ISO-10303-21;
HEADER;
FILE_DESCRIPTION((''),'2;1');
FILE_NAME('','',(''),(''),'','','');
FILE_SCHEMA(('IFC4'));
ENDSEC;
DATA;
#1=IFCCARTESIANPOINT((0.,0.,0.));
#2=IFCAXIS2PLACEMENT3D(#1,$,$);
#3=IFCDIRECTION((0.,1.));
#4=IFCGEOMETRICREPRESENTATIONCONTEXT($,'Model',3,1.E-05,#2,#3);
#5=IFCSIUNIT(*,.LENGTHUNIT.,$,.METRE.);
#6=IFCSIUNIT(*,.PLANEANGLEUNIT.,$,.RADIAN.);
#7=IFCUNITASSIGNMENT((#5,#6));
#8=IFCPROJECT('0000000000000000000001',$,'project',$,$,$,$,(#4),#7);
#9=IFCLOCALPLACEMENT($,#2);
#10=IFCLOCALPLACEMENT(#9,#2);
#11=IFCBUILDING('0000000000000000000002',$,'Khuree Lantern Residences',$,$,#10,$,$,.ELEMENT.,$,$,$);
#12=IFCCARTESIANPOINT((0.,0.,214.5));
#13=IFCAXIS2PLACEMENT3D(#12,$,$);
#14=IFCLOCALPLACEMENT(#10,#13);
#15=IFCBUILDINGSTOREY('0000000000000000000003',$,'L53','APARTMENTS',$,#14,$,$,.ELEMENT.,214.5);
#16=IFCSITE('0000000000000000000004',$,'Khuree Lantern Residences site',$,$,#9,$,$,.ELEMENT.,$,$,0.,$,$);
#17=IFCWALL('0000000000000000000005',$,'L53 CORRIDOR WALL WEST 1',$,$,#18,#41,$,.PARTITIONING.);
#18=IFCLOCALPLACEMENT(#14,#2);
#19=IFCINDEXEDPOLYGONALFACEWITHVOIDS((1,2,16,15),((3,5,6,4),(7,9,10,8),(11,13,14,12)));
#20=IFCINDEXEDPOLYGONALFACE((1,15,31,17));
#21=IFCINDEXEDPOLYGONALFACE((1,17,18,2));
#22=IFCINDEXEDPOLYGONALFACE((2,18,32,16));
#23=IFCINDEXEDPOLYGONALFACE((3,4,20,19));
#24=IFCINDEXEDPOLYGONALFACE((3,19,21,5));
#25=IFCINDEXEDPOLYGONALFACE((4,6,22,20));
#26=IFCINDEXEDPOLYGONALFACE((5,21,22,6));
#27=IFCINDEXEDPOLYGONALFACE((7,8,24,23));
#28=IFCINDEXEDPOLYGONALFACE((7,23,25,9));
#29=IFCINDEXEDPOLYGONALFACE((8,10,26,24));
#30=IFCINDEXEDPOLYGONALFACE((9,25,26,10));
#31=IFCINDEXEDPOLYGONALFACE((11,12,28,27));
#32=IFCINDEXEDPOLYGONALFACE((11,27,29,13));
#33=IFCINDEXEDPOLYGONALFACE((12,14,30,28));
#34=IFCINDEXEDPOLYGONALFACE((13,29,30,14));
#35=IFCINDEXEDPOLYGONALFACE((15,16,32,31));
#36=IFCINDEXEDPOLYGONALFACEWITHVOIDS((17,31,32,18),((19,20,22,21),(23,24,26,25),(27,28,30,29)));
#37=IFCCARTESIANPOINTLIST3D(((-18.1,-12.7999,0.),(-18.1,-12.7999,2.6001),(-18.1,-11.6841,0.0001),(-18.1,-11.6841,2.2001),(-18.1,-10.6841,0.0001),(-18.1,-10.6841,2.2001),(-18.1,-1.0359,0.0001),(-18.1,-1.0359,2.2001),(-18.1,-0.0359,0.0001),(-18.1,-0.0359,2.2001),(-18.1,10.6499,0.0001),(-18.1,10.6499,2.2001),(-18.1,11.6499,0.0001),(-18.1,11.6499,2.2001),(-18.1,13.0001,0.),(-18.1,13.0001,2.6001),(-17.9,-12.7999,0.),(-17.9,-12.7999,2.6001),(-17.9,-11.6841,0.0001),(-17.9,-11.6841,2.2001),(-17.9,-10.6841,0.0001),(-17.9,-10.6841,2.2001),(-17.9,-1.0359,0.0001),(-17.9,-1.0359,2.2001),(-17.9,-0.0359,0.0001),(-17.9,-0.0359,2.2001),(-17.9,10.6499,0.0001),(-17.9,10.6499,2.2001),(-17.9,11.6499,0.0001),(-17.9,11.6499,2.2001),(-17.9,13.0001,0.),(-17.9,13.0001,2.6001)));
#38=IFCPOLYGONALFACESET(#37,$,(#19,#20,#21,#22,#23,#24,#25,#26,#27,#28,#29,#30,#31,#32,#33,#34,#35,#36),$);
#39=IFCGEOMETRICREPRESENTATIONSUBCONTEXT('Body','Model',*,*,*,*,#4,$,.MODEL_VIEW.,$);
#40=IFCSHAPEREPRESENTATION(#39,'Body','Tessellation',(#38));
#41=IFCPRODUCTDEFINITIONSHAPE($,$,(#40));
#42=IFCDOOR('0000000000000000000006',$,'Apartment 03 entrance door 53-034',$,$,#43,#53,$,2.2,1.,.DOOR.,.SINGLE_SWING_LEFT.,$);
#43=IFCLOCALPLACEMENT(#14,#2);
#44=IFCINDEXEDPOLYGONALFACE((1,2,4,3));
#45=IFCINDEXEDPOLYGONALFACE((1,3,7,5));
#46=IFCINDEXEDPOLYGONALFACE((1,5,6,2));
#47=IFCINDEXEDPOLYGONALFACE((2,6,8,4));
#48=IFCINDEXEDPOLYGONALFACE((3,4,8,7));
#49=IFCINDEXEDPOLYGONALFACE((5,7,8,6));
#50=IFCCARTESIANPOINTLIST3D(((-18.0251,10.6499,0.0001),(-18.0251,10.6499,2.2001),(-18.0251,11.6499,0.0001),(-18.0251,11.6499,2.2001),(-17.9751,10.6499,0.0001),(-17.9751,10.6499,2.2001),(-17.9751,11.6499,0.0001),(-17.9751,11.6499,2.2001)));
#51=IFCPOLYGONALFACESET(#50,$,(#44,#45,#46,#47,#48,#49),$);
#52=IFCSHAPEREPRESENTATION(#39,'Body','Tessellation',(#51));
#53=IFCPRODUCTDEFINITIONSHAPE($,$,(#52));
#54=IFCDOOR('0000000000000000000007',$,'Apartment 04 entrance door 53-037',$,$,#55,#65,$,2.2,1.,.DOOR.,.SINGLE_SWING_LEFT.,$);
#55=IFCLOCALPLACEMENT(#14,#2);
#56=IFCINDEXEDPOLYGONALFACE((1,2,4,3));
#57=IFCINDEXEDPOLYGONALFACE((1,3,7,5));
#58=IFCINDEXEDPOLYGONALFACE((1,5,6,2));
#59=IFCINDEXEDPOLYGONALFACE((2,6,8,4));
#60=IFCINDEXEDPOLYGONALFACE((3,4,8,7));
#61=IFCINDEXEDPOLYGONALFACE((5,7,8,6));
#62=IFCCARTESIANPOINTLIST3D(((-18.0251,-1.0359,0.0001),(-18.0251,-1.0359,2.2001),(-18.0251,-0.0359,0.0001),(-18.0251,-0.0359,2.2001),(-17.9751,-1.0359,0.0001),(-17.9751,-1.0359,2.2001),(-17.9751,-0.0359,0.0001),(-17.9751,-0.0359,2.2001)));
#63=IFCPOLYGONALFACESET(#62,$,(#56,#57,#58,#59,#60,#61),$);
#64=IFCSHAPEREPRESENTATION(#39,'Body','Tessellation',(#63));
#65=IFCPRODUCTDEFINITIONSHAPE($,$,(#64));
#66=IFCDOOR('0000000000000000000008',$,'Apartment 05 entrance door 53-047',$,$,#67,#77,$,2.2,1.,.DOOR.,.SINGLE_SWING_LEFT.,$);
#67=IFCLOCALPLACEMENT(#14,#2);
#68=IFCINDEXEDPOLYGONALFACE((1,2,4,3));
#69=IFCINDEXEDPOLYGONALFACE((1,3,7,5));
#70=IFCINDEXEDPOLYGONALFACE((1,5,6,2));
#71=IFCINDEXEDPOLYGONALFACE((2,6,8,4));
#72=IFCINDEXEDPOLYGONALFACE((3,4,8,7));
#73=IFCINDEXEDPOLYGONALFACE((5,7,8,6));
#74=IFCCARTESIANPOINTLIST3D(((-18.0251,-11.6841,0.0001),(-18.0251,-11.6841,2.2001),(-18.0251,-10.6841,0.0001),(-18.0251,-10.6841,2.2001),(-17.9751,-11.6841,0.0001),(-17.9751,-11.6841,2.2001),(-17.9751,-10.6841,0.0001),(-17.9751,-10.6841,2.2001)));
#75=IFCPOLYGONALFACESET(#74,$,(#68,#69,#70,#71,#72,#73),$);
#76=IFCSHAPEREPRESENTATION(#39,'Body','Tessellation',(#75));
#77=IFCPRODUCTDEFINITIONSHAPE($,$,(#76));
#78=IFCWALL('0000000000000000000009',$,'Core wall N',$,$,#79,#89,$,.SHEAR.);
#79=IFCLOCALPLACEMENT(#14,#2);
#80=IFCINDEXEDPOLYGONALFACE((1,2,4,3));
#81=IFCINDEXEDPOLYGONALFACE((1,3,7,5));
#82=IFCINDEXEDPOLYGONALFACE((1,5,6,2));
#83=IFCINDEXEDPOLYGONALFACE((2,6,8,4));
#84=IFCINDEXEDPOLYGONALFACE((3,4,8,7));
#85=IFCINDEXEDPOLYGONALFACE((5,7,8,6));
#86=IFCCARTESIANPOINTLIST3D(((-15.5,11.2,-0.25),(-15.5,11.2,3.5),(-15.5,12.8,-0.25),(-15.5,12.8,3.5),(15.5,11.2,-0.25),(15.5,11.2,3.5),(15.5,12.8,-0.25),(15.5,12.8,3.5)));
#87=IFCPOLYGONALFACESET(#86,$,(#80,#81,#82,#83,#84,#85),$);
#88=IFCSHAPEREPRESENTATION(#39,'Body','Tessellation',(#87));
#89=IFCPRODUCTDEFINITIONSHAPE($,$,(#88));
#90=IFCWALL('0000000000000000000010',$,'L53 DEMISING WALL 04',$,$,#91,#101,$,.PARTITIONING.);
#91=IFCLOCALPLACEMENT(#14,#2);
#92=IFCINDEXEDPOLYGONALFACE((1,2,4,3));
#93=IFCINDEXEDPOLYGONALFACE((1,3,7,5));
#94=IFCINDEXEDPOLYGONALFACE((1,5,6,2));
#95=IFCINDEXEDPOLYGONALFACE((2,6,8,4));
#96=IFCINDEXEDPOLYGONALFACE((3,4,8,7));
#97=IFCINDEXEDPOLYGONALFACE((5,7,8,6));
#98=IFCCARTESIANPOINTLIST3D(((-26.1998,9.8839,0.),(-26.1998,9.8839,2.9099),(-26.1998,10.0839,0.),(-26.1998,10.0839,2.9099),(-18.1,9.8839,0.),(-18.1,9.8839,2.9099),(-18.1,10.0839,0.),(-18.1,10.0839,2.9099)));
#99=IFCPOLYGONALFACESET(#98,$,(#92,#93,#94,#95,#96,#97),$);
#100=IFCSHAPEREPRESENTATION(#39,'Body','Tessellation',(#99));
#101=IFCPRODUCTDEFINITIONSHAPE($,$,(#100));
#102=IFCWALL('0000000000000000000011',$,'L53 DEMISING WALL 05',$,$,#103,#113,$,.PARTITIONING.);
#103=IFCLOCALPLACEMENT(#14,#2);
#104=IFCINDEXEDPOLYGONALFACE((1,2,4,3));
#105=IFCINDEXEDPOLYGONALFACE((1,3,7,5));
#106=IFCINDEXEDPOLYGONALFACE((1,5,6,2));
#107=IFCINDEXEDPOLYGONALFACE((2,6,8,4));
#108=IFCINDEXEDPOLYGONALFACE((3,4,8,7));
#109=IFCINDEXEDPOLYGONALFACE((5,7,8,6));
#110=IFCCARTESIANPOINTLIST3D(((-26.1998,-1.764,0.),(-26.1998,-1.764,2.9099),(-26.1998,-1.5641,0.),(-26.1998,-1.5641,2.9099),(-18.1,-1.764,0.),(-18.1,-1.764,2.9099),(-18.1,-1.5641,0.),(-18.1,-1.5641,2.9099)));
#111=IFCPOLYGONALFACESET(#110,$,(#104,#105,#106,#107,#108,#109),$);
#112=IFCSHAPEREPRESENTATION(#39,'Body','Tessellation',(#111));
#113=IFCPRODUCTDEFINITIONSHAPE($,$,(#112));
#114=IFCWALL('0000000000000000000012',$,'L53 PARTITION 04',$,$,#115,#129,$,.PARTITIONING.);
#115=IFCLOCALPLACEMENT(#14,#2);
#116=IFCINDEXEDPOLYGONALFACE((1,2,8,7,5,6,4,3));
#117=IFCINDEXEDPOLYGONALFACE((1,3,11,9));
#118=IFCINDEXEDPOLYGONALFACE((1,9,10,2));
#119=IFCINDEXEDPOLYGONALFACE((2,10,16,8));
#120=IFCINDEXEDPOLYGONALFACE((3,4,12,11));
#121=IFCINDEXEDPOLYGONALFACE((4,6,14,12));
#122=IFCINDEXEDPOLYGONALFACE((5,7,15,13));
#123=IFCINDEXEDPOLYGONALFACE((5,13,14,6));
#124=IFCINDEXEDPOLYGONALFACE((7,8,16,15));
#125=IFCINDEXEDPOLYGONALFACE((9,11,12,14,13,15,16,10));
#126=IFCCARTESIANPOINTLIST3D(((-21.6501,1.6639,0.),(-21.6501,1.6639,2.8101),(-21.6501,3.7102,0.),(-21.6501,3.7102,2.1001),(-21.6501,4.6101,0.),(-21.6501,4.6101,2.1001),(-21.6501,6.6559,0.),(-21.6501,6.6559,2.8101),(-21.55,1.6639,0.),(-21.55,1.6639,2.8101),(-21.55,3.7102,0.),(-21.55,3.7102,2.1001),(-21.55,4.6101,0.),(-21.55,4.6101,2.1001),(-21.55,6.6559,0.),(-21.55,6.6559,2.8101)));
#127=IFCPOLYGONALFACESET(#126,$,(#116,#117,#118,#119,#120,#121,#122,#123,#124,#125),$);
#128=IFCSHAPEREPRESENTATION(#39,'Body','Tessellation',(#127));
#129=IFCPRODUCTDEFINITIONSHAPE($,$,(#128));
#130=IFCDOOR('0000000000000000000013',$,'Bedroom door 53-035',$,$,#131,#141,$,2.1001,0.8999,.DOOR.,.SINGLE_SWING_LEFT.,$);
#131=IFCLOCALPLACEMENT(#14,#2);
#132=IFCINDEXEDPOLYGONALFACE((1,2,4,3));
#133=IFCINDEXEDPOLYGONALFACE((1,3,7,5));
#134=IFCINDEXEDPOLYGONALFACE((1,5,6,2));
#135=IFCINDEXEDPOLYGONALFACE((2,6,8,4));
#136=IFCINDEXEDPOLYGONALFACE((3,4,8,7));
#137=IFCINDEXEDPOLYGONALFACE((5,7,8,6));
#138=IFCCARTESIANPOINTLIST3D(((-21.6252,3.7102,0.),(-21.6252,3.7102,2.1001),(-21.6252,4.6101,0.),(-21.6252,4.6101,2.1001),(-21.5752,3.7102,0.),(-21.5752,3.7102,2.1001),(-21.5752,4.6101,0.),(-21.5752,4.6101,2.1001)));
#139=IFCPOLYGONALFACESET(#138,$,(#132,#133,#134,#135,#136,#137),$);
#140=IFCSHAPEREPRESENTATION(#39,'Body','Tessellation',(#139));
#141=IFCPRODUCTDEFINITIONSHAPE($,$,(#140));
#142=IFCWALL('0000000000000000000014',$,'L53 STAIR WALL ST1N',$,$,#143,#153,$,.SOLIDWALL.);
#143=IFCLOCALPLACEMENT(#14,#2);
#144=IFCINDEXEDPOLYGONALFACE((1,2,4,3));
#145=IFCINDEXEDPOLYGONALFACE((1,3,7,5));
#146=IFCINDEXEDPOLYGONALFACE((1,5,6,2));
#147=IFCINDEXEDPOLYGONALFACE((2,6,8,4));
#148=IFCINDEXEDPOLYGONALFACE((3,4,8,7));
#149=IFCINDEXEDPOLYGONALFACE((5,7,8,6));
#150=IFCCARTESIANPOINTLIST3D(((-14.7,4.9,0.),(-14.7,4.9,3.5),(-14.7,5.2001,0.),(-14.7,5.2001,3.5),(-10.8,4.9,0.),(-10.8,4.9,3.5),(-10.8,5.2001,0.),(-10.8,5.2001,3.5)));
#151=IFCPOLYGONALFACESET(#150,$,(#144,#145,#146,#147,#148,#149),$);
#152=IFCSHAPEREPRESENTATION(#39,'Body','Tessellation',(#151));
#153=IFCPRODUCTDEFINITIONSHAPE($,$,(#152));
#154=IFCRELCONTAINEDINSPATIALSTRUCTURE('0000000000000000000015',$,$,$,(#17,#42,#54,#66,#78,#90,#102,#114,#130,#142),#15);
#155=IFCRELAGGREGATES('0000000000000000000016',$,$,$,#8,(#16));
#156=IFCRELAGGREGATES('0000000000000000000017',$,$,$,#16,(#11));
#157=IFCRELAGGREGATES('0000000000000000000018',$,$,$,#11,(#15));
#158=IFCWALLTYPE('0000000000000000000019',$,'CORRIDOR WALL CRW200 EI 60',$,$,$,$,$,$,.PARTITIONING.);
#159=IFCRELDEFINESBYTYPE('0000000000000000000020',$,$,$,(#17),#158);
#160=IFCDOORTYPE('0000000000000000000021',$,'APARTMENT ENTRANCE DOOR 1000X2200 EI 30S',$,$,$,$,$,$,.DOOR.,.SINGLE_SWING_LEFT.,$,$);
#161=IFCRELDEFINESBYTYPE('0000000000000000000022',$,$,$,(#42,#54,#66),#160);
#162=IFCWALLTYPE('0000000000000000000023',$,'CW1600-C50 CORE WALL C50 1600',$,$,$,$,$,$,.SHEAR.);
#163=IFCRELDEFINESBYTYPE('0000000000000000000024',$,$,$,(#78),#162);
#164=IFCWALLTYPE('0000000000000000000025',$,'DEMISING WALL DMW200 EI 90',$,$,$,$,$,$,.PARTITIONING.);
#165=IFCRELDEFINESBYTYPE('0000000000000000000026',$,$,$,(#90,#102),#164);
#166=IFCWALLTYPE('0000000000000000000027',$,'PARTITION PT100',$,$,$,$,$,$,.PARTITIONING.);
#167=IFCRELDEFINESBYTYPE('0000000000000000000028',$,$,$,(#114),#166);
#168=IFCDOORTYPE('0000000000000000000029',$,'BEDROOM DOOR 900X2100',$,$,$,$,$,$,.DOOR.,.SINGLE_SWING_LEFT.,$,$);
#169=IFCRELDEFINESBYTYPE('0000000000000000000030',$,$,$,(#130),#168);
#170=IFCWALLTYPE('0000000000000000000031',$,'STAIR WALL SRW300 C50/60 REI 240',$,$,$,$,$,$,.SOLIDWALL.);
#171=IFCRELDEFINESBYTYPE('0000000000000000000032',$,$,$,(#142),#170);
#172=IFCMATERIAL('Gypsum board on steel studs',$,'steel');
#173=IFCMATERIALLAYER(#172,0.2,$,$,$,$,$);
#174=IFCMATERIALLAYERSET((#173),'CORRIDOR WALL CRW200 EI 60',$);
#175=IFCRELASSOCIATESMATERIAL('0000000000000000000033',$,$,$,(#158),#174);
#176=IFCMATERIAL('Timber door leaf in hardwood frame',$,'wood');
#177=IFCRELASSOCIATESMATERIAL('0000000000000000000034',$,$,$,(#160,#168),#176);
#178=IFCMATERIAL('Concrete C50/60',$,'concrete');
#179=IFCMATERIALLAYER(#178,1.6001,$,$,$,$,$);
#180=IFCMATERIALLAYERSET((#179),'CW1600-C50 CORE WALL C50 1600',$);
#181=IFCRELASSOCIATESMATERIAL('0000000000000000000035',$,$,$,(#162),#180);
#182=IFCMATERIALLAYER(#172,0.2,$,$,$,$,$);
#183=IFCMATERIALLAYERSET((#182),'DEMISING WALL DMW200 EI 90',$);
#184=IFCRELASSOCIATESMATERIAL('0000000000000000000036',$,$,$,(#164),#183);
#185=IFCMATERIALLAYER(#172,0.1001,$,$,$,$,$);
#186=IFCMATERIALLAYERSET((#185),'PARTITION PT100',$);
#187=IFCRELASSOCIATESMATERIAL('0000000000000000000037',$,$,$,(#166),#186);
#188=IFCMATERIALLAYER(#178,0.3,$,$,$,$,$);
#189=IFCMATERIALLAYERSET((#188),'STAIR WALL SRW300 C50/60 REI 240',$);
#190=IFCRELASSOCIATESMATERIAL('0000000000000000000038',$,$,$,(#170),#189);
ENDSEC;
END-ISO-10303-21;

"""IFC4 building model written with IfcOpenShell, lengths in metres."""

from ifc_helpers import new_model, si_unit, direction, frame, frame_2d, origin, place, context, subcontext, project, spatial, rectangle, extrude, material, layer, layer_set, type_object, element, fill, save


model = new_model("IFC4")

# Units and contexts
model_context = context("Model", 3, precision=1e-05, world=origin(), true_north=direction((0.0, 1.0)))
body_context = subcontext(model_context, "Body", "Model", "MODEL_VIEW")
ifc_project = project(units=[si_unit("LENGTHUNIT", "METRE"), si_unit("PLANEANGLEUNIT", "RADIAN")], contexts=[model_context])

# Site, building, storey
site_placement = place(None, origin())
site = spatial("IfcSite", under=ifc_project, at=site_placement, Name="Khuree Lantern Residences site", CompositionType="ELEMENT", RefElevation=0.0)
building_placement = place(site_placement, origin())
building = spatial("IfcBuilding", under=site, at=building_placement, Name="Khuree Lantern Residences", CompositionType="ELEMENT")
storey_placement = place(building_placement, frame((0.0, 0.0, 214.5)))
storey = spatial("IfcBuildingStorey", under=building, at=storey_placement, Name="L53", Description="APARTMENTS", CompositionType="ELEMENT", Elevation=214.5)

# Shared definitions
ifc_material_1 = material(Name="Concrete C50/60", Category="concrete")

# Shared definitions
ifc_material_2 = material(Name="Timber door leaf in hardwood frame", Category="wood")

# Shared definitions
ifc_material_3 = material(Name="Gypsum board on steel studs", Category="steel")
ifc_layer_1 = layer(ifc_material_3, 0.2)
ifc_layer_set_1 = layer_set([ifc_layer_1], Name="CORRIDOR WALL CRW200 EI 60")
wall_type_1 = type_object("IfcWallType", Name="CORRIDOR WALL CRW200 EI 60", PredefinedType="PARTITIONING", material=ifc_layer_set_1)

# Wall, openings, doors
wall_1_placement = place(storey_placement, frame((-18.0, 13.0, 0.0), z_axis=(0.0, 0.0, 1.0), x_axis=(0.0, -1.0, 0.0)))
wall_1 = element("IfcWall", 1, at=wall_1_placement, inside=storey, type_object=wall_type_1, Name="L53 CORRIDOR WALL WEST 1", PredefinedType="PARTITIONING", context=body_context, shape_type="SweptSolid", body=[
    extrude(rectangle(XDim=25.8, YDim=0.2, at=frame_2d((12.8999, 0.0))), origin(), (0.0, 0.0, 1.0), 2.6001),
])
opening_1_placement = place(wall_1_placement, frame((1.3501, 0.0, 0.0)))
opening_1 = element("IfcOpeningElement", 2, at=opening_1_placement, cuts=wall_1, PredefinedType="OPENING", context=body_context, shape_type="SweptSolid", body=[
    extrude(rectangle(XDim=1.0, YDim=2.2, at=frame_2d((0.5, 1.1001))), frame((0.0, 0.1099, 0.0), z_axis=(0.0, -1.0, 0.0), x_axis=(1.0, 0.0, 0.0)), (0.0, 0.0, 1.0), 0.22),
])
opening_2_placement = place(wall_1_placement, frame((13.0359, 0.0, 0.0)))
opening_2 = element("IfcOpeningElement", 3, at=opening_2_placement, cuts=wall_1, PredefinedType="OPENING", context=body_context, shape_type="SweptSolid", body=[
    extrude(rectangle(XDim=1.0, YDim=2.2, at=frame_2d((0.5, 1.1001))), frame((0.0, 0.1099, 0.0), z_axis=(0.0, -1.0, 0.0), x_axis=(1.0, 0.0, 0.0)), (0.0, 0.0, 1.0), 0.22),
])
opening_3_placement = place(wall_1_placement, frame((23.6841, 0.0, 0.0)))
opening_3 = element("IfcOpeningElement", 4, at=opening_3_placement, cuts=wall_1, PredefinedType="OPENING", context=body_context, shape_type="SweptSolid", body=[
    extrude(rectangle(XDim=1.0, YDim=2.2, at=frame_2d((0.5, 1.1001))), frame((0.0, 0.1099, 0.0), z_axis=(0.0, -1.0, 0.0), x_axis=(1.0, 0.0, 0.0)), (0.0, 0.0, 1.0), 0.22),
])
door_type_1 = type_object("IfcDoorType", Name="APARTMENT ENTRANCE DOOR 1000X2200 EI 30S", OperationType="SINGLE_SWING_LEFT", PredefinedType="DOOR", material=ifc_material_2)
door_1_placement = place(opening_1_placement, origin())
door_1 = element("IfcDoor", 5, at=door_1_placement, inside=storey, type_object=door_type_1, Name="Apartment 03 entrance door 53-034", OperationType="SINGLE_SWING_LEFT", OverallHeight=2.2, OverallWidth=1.0, PredefinedType="DOOR", context=body_context, shape_type="SweptSolid", body=[
    extrude(rectangle(XDim=1.0, YDim=2.2, at=frame_2d((0.5, 1.1001))), frame((0.0, 0.0249, 0.0), z_axis=(0.0, -1.0, 0.0), x_axis=(1.0, 0.0, 0.0)), (0.0, 0.0, 1.0), 0.05),
])
fill(opening_1, door_1)
door_2_placement = place(opening_2_placement, origin())
door_2 = element("IfcDoor", 6, at=door_2_placement, inside=storey, type_object=door_type_1, Name="Apartment 04 entrance door 53-037", OperationType="SINGLE_SWING_LEFT", OverallHeight=2.2, OverallWidth=1.0, PredefinedType="DOOR", context=body_context, shape_type="SweptSolid", body=[
    extrude(rectangle(XDim=1.0, YDim=2.2, at=frame_2d((0.5, 1.1001))), frame((0.0, 0.0249, 0.0), z_axis=(0.0, -1.0, 0.0), x_axis=(1.0, 0.0, 0.0)), (0.0, 0.0, 1.0), 0.05),
])
fill(opening_2, door_2)
door_3_placement = place(opening_3_placement, origin())
door_3 = element("IfcDoor", 7, at=door_3_placement, inside=storey, type_object=door_type_1, Name="Apartment 05 entrance door 53-047", OperationType="SINGLE_SWING_LEFT", OverallHeight=2.2, OverallWidth=1.0, PredefinedType="DOOR", context=body_context, shape_type="SweptSolid", body=[
    extrude(rectangle(XDim=1.0, YDim=2.2, at=frame_2d((0.5, 1.1001))), frame((0.0, 0.0249, 0.0), z_axis=(0.0, -1.0, 0.0), x_axis=(1.0, 0.0, 0.0)), (0.0, 0.0, 1.0), 0.05),
])
fill(opening_3, door_3)

# Walls
ifc_layer_2 = layer(ifc_material_1, 1.6001)
ifc_layer_set_2 = layer_set([ifc_layer_2], Name="CW1600-C50 CORE WALL C50 1600")
wall_type_2 = type_object("IfcWallType", Name="CW1600-C50 CORE WALL C50 1600", PredefinedType="SHEAR", material=ifc_layer_set_2)
wall_2_placement = place(storey_placement, frame((-15.5, 12.0, -0.25), z_axis=(0.0, 0.0, 1.0), x_axis=(1.0, 0.0, 0.0)))
element("IfcWall", 8, at=wall_2_placement, inside=storey, type_object=wall_type_2, Name="Core wall N", PredefinedType="SHEAR", context=body_context, shape_type="SweptSolid", body=[
    extrude(rectangle(XDim=31.0, YDim=1.6001, at=frame_2d((15.5, 0.0))), origin(), (0.0, 0.0, 1.0), 3.75),
])
ifc_layer_3 = layer(ifc_material_3, 0.2)
ifc_layer_set_3 = layer_set([ifc_layer_3], Name="DEMISING WALL DMW200 EI 90")
wall_type_3 = type_object("IfcWallType", Name="DEMISING WALL DMW200 EI 90", PredefinedType="PARTITIONING", material=ifc_layer_set_3)
for number, where, z_axis, x_axis, name in (
    (9, (-18.1001, 9.9839, 0.0), (0.0, 0.0, 1.0), (-1.0, 0.0, 0.0), "L53 DEMISING WALL 04"),
    (10, (-18.1001, -1.6641, 0.0), (0.0, 0.0, 1.0), (-1.0, 0.0, 0.0), "L53 DEMISING WALL 05"),
):
    element("IfcWall", number, at=place(storey_placement, frame(where, z_axis=z_axis, x_axis=x_axis)), inside=storey, type_object=wall_type_3, Name=name, PredefinedType="PARTITIONING", context=body_context, shape_type="SweptSolid", body=[
        extrude(rectangle(XDim=8.0999, YDim=0.2, at=frame_2d((4.0498, 0.0))), origin(), (0.0, 0.0, 1.0), 2.9099),
    ])

# Wall, opening, door
ifc_layer_4 = layer(ifc_material_3, 0.1001)
ifc_layer_set_4 = layer_set([ifc_layer_4], Name="PARTITION PT100")
wall_type_4 = type_object("IfcWallType", Name="PARTITION PT100", PredefinedType="PARTITIONING", material=ifc_layer_set_4)
wall_3_placement = place(storey_placement, frame((-21.6001, 6.656, 0.0), z_axis=(0.0, 0.0, 1.0), x_axis=(0.0, -1.0, 0.0)))
wall_3 = element("IfcWall", 11, at=wall_3_placement, inside=storey, type_object=wall_type_4, Name="L53 PARTITION 04", PredefinedType="PARTITIONING", context=body_context, shape_type="SweptSolid", body=[
    extrude(rectangle(XDim=4.9919, YDim=0.1001, at=frame_2d((2.4961, 0.0))), origin(), (0.0, 0.0, 1.0), 2.8101),
])
opening_4_placement = place(wall_3_placement, frame((2.0459, 0.0, 0.0)))
opening_4 = element("IfcOpeningElement", 12, at=opening_4_placement, cuts=wall_3, PredefinedType="OPENING", context=body_context, shape_type="SweptSolid", body=[
    extrude(rectangle(XDim=0.8999, YDim=2.1001, at=frame_2d((0.45, 1.05))), frame((0.0, 0.0601, 0.0), z_axis=(0.0, -1.0, 0.0), x_axis=(1.0, 0.0, 0.0)), (0.0, 0.0, 1.0), 0.1201),
])
door_type_2 = type_object("IfcDoorType", Name="BEDROOM DOOR 900X2100", OperationType="SINGLE_SWING_LEFT", PredefinedType="DOOR", material=ifc_material_2)
door_4_placement = place(opening_4_placement, origin())
door_4 = element("IfcDoor", 13, at=door_4_placement, inside=storey, type_object=door_type_2, Name="Bedroom door 53-035", OperationType="SINGLE_SWING_LEFT", OverallHeight=2.1001, OverallWidth=0.8999, PredefinedType="DOOR", context=body_context, shape_type="SweptSolid", body=[
    extrude(rectangle(XDim=0.8999, YDim=2.1001, at=frame_2d((0.45, 1.05))), frame((0.0, 0.0249, 0.0), z_axis=(0.0, -1.0, 0.0), x_axis=(1.0, 0.0, 0.0)), (0.0, 0.0, 1.0), 0.05),
])
fill(opening_4, door_4)

# Wall
ifc_layer_5 = layer(ifc_material_1, 0.3)
ifc_layer_set_5 = layer_set([ifc_layer_5], Name="STAIR WALL SRW300 C50/60 REI 240")
wall_type_5 = type_object("IfcWallType", Name="STAIR WALL SRW300 C50/60 REI 240", PredefinedType="SOLIDWALL", material=ifc_layer_set_5)
wall_4_placement = place(storey_placement, frame((-14.7, 5.05, 0.0), z_axis=(0.0, 0.0, 1.0), x_axis=(1.0, 0.0, 0.0)))
element("IfcWall", 14, at=wall_4_placement, inside=storey, type_object=wall_type_5, Name="L53 STAIR WALL ST1N", PredefinedType="SOLIDWALL", context=body_context, shape_type="SweptSolid", body=[
    extrude(rectangle(XDim=3.8999, YDim=0.3, at=frame_2d((1.95, 0.0))), origin(), (0.0, 0.0, 1.0), 3.5),
])

save(model, "model.ifc")
